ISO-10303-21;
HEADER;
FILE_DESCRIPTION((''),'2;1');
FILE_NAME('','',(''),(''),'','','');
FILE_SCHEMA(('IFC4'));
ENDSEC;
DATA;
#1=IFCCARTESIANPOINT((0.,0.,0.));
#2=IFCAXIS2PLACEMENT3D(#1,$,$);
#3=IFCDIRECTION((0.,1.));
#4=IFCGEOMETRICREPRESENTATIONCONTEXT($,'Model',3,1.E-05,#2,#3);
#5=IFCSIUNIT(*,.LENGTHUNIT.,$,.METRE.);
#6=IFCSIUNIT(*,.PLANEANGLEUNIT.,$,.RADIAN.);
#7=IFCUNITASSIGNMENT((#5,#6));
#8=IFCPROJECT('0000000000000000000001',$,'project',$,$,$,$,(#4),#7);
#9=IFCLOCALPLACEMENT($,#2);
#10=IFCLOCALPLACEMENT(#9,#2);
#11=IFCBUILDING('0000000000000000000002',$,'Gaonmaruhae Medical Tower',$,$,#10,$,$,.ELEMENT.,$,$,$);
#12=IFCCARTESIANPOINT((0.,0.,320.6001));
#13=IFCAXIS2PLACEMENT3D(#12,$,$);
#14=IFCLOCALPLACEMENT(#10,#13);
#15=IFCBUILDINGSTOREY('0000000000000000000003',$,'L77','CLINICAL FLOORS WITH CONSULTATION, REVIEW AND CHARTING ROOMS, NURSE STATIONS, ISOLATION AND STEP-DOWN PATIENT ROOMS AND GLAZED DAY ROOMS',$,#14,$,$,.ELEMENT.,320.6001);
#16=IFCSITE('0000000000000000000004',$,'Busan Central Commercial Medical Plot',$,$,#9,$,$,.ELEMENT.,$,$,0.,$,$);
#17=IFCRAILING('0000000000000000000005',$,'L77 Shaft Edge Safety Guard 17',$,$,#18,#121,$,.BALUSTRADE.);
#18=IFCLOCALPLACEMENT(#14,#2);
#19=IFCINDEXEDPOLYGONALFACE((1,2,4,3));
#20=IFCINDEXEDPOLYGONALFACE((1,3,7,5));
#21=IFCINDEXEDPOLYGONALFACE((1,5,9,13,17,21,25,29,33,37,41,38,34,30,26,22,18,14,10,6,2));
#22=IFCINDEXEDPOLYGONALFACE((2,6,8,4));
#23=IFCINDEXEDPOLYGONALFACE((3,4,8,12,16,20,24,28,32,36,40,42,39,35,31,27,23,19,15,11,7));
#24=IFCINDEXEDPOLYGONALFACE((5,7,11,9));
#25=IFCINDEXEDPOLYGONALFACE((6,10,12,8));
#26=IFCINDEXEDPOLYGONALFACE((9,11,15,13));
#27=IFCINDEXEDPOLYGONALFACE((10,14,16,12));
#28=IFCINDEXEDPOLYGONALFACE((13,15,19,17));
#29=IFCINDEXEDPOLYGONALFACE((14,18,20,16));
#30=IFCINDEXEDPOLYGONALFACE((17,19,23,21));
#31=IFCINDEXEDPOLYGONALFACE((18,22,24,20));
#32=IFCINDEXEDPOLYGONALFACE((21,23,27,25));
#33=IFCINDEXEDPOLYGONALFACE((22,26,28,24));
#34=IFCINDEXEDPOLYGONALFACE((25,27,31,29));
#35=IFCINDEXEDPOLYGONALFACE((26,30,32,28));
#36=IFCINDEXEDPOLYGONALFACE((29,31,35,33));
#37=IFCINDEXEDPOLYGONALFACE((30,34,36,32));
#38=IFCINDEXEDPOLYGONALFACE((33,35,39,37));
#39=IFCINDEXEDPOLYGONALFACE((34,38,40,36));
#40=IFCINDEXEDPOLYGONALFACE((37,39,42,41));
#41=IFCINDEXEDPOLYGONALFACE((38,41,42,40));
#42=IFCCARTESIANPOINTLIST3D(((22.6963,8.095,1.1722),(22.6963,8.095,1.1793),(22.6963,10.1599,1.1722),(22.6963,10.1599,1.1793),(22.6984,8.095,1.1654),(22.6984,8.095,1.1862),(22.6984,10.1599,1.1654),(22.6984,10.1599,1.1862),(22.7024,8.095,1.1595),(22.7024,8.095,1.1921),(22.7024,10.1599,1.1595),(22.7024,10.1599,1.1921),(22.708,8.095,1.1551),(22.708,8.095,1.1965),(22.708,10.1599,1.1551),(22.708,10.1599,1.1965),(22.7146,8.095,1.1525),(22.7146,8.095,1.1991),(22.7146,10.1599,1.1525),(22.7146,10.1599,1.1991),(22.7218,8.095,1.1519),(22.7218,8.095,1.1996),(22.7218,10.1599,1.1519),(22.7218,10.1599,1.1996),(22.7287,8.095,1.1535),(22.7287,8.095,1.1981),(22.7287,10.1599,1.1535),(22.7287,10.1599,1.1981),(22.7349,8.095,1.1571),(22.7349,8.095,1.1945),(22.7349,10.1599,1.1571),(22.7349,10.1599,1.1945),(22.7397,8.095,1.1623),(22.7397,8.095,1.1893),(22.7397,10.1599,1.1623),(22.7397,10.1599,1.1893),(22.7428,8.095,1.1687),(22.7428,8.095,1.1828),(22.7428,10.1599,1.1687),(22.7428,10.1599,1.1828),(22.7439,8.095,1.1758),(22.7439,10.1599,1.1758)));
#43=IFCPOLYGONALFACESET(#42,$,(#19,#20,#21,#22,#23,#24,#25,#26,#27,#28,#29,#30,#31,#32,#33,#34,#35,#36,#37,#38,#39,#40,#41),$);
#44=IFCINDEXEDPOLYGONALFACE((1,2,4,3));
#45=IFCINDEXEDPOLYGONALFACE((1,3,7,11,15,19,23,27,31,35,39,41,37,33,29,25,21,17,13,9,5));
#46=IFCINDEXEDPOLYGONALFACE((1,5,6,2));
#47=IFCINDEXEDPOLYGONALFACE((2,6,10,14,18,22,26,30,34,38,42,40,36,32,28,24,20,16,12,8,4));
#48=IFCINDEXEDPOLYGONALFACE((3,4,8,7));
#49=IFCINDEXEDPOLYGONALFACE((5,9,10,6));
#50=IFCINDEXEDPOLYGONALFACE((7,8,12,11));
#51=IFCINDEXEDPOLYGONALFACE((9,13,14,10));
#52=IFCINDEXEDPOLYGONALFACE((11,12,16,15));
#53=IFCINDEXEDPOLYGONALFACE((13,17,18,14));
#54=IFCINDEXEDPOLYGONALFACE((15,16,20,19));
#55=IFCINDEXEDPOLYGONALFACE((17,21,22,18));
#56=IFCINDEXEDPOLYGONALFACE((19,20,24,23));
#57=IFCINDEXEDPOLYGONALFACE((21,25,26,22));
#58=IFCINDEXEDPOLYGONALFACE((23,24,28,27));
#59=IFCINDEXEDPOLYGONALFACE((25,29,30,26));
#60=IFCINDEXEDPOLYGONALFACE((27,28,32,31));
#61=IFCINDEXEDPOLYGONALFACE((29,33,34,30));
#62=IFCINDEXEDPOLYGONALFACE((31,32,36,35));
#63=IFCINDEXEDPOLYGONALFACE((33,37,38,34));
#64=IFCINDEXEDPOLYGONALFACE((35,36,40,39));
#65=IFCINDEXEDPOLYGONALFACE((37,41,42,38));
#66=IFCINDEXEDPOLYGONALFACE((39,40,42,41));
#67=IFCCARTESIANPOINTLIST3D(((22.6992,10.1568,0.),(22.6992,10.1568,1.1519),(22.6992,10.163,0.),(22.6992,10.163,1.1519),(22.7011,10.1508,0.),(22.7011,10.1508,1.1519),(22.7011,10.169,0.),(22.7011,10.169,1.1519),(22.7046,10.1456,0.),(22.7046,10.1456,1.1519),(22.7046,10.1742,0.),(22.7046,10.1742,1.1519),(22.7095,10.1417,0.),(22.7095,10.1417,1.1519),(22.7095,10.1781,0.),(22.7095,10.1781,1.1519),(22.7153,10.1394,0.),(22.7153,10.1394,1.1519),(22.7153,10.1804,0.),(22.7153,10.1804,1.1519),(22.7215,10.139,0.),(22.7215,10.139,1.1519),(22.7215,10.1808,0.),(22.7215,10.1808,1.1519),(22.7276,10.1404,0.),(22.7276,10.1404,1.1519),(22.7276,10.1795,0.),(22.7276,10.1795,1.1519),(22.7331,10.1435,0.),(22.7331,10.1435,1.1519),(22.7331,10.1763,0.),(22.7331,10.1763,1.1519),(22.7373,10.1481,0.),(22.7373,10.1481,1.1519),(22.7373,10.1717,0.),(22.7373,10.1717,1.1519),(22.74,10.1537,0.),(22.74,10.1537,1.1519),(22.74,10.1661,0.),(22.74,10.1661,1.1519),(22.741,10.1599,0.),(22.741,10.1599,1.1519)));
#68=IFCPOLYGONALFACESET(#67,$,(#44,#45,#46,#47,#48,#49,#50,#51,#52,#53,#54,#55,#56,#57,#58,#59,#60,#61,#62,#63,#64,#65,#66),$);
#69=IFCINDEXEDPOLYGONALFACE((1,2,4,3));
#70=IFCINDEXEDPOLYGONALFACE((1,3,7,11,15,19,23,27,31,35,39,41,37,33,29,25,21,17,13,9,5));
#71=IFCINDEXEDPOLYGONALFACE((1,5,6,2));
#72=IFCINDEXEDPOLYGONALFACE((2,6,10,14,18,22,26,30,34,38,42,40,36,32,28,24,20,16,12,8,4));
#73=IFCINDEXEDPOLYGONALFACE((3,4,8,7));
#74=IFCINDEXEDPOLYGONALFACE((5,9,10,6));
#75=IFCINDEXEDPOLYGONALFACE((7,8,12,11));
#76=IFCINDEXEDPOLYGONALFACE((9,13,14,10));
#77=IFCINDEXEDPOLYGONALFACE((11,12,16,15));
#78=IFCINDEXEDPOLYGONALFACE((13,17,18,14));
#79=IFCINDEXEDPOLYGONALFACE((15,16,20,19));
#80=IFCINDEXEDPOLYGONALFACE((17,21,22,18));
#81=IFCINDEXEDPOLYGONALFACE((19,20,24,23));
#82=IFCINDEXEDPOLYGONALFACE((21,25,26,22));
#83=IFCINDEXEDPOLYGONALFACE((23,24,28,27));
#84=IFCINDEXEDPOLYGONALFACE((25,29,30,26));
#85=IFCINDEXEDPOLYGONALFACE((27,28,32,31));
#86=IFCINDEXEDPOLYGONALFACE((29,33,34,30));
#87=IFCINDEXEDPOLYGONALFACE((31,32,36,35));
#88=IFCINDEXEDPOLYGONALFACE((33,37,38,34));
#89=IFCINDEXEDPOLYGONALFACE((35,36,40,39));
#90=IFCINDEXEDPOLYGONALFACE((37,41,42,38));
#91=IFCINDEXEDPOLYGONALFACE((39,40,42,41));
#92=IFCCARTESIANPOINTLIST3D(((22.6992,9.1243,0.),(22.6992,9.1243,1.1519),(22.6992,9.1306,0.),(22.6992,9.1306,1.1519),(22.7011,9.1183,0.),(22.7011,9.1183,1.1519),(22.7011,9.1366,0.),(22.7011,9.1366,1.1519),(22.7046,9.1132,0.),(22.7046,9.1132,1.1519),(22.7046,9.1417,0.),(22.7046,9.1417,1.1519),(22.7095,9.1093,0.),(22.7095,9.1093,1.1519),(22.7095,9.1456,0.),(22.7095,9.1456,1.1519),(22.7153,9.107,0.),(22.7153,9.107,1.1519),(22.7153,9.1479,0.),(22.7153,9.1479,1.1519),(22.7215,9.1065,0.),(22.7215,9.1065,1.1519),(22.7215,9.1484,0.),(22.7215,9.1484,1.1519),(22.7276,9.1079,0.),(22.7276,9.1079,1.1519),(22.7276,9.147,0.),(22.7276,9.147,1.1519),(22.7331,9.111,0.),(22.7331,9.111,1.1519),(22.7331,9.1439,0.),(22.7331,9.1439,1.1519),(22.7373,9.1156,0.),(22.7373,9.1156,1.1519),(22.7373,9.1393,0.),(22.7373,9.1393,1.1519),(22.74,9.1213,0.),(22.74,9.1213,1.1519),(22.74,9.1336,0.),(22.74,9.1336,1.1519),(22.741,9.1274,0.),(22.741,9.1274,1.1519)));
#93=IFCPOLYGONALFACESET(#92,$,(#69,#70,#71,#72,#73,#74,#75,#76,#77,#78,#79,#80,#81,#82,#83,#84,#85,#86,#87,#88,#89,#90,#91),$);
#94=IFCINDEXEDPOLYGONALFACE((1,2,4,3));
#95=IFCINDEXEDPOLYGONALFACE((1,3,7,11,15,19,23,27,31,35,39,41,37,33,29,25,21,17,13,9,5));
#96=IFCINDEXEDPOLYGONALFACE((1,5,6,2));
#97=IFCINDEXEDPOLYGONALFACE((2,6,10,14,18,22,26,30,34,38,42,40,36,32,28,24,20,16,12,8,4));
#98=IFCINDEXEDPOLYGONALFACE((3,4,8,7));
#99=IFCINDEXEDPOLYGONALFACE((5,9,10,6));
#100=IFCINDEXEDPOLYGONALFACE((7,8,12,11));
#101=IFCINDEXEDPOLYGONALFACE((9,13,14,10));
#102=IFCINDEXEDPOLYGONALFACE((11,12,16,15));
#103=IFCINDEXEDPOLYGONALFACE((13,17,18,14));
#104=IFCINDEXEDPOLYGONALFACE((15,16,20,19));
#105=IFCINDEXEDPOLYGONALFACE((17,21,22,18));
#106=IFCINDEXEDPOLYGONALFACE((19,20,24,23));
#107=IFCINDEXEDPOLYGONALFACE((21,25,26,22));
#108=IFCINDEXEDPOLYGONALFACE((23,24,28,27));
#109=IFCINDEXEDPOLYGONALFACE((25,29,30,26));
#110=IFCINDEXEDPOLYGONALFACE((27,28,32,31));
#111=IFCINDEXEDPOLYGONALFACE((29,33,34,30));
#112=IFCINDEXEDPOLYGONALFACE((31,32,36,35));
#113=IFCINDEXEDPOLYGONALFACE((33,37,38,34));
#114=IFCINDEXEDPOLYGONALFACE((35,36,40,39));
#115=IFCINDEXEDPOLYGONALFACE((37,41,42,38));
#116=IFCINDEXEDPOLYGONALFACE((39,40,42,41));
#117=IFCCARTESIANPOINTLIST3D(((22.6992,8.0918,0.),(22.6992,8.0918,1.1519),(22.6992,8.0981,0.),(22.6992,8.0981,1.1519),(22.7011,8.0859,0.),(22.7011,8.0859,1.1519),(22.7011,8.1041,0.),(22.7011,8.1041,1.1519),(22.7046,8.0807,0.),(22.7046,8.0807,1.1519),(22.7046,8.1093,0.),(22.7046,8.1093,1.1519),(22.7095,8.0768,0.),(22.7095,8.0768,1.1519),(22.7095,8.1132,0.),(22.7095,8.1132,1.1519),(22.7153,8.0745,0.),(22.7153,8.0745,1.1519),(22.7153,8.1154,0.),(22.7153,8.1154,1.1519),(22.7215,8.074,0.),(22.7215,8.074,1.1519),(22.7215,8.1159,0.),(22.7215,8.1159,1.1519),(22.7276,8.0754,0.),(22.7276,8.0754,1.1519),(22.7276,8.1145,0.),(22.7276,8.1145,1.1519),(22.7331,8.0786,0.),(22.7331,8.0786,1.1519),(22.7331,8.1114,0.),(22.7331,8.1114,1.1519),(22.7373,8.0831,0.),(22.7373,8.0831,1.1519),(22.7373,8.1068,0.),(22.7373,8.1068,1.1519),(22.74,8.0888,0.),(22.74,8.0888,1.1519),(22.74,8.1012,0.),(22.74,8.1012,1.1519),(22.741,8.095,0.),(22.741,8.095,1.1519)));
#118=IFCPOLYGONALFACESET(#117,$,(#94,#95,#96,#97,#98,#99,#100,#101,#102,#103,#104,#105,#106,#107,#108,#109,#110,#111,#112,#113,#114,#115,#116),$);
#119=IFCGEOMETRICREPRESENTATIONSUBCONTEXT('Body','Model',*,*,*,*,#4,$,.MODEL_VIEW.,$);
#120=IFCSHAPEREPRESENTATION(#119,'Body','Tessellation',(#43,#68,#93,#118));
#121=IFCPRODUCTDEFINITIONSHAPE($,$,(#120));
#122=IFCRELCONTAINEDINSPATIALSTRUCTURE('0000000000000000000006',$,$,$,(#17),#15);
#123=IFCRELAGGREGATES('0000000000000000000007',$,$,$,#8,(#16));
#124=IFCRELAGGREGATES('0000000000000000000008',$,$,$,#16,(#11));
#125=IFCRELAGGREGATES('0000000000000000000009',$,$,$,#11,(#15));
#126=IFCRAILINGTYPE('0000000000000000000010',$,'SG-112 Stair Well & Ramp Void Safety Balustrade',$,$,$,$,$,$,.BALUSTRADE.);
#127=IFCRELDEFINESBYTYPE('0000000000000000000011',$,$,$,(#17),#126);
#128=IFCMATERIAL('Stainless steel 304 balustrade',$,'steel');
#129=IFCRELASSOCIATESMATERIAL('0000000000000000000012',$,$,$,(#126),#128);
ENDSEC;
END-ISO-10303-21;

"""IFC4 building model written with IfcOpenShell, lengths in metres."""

from ifc_helpers import new_model, si_unit, direction, frame, origin, origin_2d, place, context, subcontext, project, spatial, circle, extrude, material, type_object, element, save


model = new_model("IFC4")

# Units and contexts
model_context = context("Model", 3, precision=1e-05, world=origin(), true_north=direction((0.0, 1.0)))
body_context = subcontext(model_context, "Body", "Model", "MODEL_VIEW")
ifc_project = project(units=[si_unit("LENGTHUNIT", "METRE"), si_unit("PLANEANGLEUNIT", "RADIAN")], contexts=[model_context])

# Site, building, storey
site_placement = place(None, origin())
site = spatial("IfcSite", under=ifc_project, at=site_placement, Name="Busan Central Commercial Medical Plot", CompositionType="ELEMENT", RefElevation=0.0)
building_placement = place(site_placement, origin())
building = spatial("IfcBuilding", under=site, at=building_placement, Name="Gaonmaruhae Medical Tower", CompositionType="ELEMENT")
storey_placement = place(building_placement, frame((0.0, 0.0, 320.6001)))
storey = spatial("IfcBuildingStorey", under=building, at=storey_placement, Name="L77", Description="CLINICAL FLOORS WITH CONSULTATION, REVIEW AND CHARTING ROOMS, NURSE STATIONS, ISOLATION AND STEP-DOWN PATIENT ROOMS AND GLAZED DAY ROOMS", CompositionType="ELEMENT", Elevation=320.6001)

# Railing
ifc_material_1 = material(Name="Stainless steel 304 balustrade", Category="steel")
railing_type_1 = type_object("IfcRailingType", Name="SG-112 Stair Well & Ramp Void Safety Balustrade", PredefinedType="BALUSTRADE", material=ifc_material_1)
railing_1_placement = place(storey_placement, frame((22.72, 10.1599, 0.0)))
element("IfcRailing", 1, at=railing_1_placement, inside=storey, type_object=railing_type_1, Name="L77 Shaft Edge Safety Guard 17", PredefinedType="BALUSTRADE", context=body_context, shape_type="SweptSolid", body=[
    extrude(circle(Radius=0.0239, at=origin_2d()), frame((0.0, 0.0, 1.1758), z_axis=(0.0, -1.0, 0.0), x_axis=(1.0, 0.0, 0.0)), (0.0, 0.0, 1.0), 2.0649),
    extrude(circle(Radius=0.021, at=origin_2d()), origin(), (0.0, 0.0, 1.0), 1.1519),
    extrude(circle(Radius=0.021, at=origin_2d()), frame((0.0, -1.0325, 0.0)), (0.0, 0.0, 1.0), 1.1519),
    extrude(circle(Radius=0.021, at=origin_2d()), frame((0.0, -2.0649, 0.0)), (0.0, 0.0, 1.0), 1.1519),
])

save(model, "model.ifc")
